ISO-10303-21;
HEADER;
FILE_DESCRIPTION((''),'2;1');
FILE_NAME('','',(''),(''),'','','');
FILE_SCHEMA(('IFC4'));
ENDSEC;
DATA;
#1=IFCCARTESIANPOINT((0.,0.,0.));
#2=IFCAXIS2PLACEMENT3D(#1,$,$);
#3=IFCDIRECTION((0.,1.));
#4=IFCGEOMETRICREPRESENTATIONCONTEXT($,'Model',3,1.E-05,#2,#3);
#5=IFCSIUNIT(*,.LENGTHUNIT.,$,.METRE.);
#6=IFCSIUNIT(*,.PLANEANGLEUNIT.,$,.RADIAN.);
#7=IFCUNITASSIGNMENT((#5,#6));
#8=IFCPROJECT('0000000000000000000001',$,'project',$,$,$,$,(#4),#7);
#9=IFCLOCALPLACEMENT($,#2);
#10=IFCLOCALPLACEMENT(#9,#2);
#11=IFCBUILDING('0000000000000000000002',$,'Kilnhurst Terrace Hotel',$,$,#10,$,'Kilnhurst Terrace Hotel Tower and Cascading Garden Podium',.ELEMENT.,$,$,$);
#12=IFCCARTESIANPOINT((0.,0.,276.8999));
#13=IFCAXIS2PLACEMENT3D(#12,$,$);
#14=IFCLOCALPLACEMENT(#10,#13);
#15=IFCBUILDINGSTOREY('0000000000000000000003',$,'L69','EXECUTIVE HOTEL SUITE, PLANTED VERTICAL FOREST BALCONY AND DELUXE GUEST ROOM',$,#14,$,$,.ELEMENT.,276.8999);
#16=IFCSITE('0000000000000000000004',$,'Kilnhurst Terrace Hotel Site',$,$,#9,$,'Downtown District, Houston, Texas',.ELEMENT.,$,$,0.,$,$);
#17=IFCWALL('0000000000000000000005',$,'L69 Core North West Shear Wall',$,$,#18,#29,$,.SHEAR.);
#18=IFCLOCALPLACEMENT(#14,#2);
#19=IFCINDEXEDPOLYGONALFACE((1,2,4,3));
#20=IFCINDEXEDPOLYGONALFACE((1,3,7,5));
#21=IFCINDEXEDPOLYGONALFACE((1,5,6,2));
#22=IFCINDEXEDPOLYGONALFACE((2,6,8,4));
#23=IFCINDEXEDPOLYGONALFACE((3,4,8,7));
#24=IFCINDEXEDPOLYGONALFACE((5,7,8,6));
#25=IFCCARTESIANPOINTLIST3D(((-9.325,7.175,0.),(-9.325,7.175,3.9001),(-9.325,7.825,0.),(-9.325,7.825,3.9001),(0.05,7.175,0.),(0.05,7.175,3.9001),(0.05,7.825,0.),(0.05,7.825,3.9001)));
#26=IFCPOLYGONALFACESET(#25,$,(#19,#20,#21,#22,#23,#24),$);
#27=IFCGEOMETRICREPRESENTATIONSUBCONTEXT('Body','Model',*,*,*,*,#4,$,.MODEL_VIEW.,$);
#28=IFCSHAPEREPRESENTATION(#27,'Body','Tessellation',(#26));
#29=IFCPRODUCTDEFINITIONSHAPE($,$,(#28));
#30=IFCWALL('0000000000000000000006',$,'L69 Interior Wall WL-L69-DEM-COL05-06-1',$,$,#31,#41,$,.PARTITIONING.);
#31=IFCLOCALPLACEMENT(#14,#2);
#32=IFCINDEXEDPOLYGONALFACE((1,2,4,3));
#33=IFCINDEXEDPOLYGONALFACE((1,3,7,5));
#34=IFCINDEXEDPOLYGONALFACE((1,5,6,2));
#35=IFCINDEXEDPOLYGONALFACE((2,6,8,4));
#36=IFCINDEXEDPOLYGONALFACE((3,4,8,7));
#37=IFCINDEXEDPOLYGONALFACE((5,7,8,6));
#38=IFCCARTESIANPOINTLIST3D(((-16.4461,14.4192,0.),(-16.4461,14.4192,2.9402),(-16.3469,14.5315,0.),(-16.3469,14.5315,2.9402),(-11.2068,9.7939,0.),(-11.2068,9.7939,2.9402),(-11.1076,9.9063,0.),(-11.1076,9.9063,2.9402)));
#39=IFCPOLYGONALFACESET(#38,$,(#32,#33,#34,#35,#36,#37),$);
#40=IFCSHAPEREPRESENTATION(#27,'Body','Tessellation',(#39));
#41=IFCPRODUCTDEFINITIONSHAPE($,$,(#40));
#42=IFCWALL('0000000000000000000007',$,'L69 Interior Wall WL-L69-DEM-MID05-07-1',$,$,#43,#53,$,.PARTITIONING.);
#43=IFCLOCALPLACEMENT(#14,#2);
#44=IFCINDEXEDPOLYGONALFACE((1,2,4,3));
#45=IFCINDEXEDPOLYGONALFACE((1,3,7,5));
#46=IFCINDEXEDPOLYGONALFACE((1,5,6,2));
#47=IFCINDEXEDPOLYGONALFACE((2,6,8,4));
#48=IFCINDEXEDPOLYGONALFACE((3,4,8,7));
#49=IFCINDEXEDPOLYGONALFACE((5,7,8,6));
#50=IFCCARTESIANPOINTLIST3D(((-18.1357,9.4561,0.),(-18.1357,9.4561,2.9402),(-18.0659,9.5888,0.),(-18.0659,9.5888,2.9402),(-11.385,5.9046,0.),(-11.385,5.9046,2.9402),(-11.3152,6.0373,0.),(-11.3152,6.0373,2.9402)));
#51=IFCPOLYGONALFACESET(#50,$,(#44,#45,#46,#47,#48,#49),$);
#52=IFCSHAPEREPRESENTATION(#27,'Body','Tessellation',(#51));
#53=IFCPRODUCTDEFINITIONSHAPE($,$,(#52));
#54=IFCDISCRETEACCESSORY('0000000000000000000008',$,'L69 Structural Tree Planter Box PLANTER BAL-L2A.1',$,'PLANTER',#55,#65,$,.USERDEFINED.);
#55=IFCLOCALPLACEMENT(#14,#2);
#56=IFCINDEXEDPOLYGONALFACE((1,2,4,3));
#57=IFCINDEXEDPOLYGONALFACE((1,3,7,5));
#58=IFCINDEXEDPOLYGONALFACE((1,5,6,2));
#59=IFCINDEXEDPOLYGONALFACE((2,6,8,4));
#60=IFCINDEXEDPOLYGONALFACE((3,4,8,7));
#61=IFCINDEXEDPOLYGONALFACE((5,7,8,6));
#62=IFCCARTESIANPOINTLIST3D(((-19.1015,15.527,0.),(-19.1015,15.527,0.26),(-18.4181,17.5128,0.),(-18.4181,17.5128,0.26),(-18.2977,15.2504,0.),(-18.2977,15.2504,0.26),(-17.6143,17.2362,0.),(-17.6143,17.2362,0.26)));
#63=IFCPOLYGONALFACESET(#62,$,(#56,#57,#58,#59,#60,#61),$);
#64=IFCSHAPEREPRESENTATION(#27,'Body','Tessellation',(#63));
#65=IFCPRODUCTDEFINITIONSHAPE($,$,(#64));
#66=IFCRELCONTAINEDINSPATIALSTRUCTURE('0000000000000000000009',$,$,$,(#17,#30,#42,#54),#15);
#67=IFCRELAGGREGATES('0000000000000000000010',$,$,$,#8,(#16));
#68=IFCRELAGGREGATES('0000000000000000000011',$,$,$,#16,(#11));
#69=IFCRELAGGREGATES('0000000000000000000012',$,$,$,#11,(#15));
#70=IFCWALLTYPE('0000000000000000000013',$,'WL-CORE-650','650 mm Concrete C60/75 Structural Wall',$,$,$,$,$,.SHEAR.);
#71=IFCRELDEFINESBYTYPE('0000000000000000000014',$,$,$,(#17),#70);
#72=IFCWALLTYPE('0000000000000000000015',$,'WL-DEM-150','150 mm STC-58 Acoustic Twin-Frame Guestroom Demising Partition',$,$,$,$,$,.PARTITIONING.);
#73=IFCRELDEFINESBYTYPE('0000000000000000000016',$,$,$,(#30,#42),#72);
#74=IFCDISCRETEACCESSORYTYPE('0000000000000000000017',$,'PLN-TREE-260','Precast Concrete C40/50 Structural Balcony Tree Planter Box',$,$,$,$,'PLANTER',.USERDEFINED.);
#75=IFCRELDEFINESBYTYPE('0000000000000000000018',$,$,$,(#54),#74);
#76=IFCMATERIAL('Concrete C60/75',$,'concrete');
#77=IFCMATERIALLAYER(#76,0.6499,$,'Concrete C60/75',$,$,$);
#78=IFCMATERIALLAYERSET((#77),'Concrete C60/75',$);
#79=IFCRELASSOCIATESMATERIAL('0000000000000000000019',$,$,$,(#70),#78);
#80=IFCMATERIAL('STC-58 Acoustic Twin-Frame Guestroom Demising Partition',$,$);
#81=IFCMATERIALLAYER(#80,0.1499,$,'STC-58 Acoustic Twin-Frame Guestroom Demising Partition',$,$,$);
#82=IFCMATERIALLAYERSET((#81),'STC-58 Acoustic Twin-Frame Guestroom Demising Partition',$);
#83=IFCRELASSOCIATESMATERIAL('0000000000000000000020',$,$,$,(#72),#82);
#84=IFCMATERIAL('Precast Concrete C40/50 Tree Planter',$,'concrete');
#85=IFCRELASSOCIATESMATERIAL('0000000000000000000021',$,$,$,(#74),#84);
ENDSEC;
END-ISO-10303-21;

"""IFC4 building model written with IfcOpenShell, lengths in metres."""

from ifc_helpers import new_model, si_unit, direction, frame, frame_2d, origin, origin_2d, place, context, subcontext, project, spatial, rectangle, extrude, material, layer, layer_set, type_object, element, save


model = new_model("IFC4")

# Units and contexts
model_context = context("Model", 3, precision=1e-05, world=origin(), true_north=direction((0.0, 1.0)))
body_context = subcontext(model_context, "Body", "Model", "MODEL_VIEW")
ifc_project = project(units=[si_unit("LENGTHUNIT", "METRE"), si_unit("PLANEANGLEUNIT", "RADIAN")], contexts=[model_context])

# Site, building, storey
site_placement = place(None, origin())
site = spatial("IfcSite", under=ifc_project, at=site_placement, Name="Kilnhurst Terrace Hotel Site", LongName="Downtown District, Houston, Texas", CompositionType="ELEMENT", RefElevation=0.0)
building_placement = place(site_placement, origin())
building = spatial("IfcBuilding", under=site, at=building_placement, Name="Kilnhurst Terrace Hotel", LongName="Kilnhurst Terrace Hotel Tower and Cascading Garden Podium", CompositionType="ELEMENT")
storey_placement = place(building_placement, frame((0.0, 0.0, 276.8999)))
storey = spatial("IfcBuildingStorey", under=building, at=storey_placement, Name="L69", Description="EXECUTIVE HOTEL SUITE, PLANTED VERTICAL FOREST BALCONY AND DELUXE GUEST ROOM", CompositionType="ELEMENT", Elevation=276.8999)

# Shared definitions
ifc_material_1 = material(Name="Concrete C60/75", Category="concrete")

# Walls
ifc_layer_1 = layer(ifc_material_1, 0.6499, Name="Concrete C60/75")
ifc_layer_set_1 = layer_set([ifc_layer_1], Name="Concrete C60/75")
wall_type_1 = type_object("IfcWallType", Name="WL-CORE-650", Description="650 mm Concrete C60/75 Structural Wall", PredefinedType="SHEAR", material=ifc_layer_set_1)
wall_1_placement = place(storey_placement, frame((-9.325, 7.5, 0.0), z_axis=(0.0, 0.0, 1.0), x_axis=(1.0, 0.0, 0.0)))
element("IfcWall", 1, at=wall_1_placement, inside=storey, type_object=wall_type_1, Name="L69 Core North West Shear Wall", PredefinedType="SHEAR", context=body_context, shape_type="SweptSolid", body=[
    extrude(rectangle(XDim=9.375, YDim=0.6499, at=frame_2d((4.6875, 0.0))), origin(), (0.0, 0.0, 1.0), 3.9001),
])
ifc_material_2 = material(Name="STC-58 Acoustic Twin-Frame Guestroom Demising Partition")
ifc_layer_2 = layer(ifc_material_2, 0.1499, Name="STC-58 Acoustic Twin-Frame Guestroom Demising Partition")
ifc_layer_set_2 = layer_set([ifc_layer_2], Name="STC-58 Acoustic Twin-Frame Guestroom Demising Partition")
wall_type_2 = type_object("IfcWallType", Name="WL-DEM-150", Description="150 mm STC-58 Acoustic Twin-Frame Guestroom Demising Partition", PredefinedType="PARTITIONING", material=ifc_layer_set_2)
wall_2_placement = place(storey_placement, frame((-11.1572, 9.8501, 0.0), z_axis=(0.0, 0.0, 1.0), x_axis=(-0.74967, 0.661812, 0.0)))
element("IfcWall", 2, at=wall_2_placement, inside=storey, type_object=wall_type_2, Name="L69 Interior Wall WL-L69-DEM-COL05-06-1", PredefinedType="PARTITIONING", context=body_context, shape_type="SweptSolid", body=[
    extrude(rectangle(XDim=6.9888, YDim=0.1499, at=frame_2d((3.4944, 0.0))), origin(), (0.0, 0.0, 1.0), 2.9402),
])
wall_3_placement = place(storey_placement, frame((-11.3501, 5.9709, 0.0), z_axis=(0.0, 0.0, 1.0), x_axis=(-0.884999, 0.465592, 0.0)))
element("IfcWall", 3, at=wall_3_placement, inside=storey, type_object=wall_type_2, Name="L69 Interior Wall WL-L69-DEM-MID05-07-1", PredefinedType="PARTITIONING", context=body_context, shape_type="SweptSolid", body=[
    extrude(rectangle(XDim=7.6279, YDim=0.1499, at=frame_2d((3.814, 0.0))), origin(), (0.0, 0.0, 1.0), 2.9402),
])

# Discrete accessory
ifc_material_3 = material(Name="Precast Concrete C40/50 Tree Planter", Category="concrete")
discrete_accessory_type = type_object("IfcDiscreteAccessoryType", Name="PLN-TREE-260", Description="Precast Concrete C40/50 Structural Balcony Tree Planter Box", ElementType="PLANTER", PredefinedType="USERDEFINED", material=ifc_material_3)
discrete_accessory_placement = place(storey_placement, frame((-18.3579, 16.3816, 0.0), z_axis=(0.0, 0.0, 1.0), x_axis=(-0.325403, -0.945575, 0.0)))
element("IfcDiscreteAccessory", 4, at=discrete_accessory_placement, inside=storey, type_object=discrete_accessory_type, Name="L69 Structural Tree Planter Box PLANTER BAL-L2A.1", ObjectType="PLANTER", PredefinedType="USERDEFINED", context=body_context, shape_type="SweptSolid", body=[
    extrude(rectangle(XDim=2.1001, YDim=0.8501, at=origin_2d()), origin(), (0.0, 0.0, 1.0), 0.26),
])

save(model, "model.ifc")
